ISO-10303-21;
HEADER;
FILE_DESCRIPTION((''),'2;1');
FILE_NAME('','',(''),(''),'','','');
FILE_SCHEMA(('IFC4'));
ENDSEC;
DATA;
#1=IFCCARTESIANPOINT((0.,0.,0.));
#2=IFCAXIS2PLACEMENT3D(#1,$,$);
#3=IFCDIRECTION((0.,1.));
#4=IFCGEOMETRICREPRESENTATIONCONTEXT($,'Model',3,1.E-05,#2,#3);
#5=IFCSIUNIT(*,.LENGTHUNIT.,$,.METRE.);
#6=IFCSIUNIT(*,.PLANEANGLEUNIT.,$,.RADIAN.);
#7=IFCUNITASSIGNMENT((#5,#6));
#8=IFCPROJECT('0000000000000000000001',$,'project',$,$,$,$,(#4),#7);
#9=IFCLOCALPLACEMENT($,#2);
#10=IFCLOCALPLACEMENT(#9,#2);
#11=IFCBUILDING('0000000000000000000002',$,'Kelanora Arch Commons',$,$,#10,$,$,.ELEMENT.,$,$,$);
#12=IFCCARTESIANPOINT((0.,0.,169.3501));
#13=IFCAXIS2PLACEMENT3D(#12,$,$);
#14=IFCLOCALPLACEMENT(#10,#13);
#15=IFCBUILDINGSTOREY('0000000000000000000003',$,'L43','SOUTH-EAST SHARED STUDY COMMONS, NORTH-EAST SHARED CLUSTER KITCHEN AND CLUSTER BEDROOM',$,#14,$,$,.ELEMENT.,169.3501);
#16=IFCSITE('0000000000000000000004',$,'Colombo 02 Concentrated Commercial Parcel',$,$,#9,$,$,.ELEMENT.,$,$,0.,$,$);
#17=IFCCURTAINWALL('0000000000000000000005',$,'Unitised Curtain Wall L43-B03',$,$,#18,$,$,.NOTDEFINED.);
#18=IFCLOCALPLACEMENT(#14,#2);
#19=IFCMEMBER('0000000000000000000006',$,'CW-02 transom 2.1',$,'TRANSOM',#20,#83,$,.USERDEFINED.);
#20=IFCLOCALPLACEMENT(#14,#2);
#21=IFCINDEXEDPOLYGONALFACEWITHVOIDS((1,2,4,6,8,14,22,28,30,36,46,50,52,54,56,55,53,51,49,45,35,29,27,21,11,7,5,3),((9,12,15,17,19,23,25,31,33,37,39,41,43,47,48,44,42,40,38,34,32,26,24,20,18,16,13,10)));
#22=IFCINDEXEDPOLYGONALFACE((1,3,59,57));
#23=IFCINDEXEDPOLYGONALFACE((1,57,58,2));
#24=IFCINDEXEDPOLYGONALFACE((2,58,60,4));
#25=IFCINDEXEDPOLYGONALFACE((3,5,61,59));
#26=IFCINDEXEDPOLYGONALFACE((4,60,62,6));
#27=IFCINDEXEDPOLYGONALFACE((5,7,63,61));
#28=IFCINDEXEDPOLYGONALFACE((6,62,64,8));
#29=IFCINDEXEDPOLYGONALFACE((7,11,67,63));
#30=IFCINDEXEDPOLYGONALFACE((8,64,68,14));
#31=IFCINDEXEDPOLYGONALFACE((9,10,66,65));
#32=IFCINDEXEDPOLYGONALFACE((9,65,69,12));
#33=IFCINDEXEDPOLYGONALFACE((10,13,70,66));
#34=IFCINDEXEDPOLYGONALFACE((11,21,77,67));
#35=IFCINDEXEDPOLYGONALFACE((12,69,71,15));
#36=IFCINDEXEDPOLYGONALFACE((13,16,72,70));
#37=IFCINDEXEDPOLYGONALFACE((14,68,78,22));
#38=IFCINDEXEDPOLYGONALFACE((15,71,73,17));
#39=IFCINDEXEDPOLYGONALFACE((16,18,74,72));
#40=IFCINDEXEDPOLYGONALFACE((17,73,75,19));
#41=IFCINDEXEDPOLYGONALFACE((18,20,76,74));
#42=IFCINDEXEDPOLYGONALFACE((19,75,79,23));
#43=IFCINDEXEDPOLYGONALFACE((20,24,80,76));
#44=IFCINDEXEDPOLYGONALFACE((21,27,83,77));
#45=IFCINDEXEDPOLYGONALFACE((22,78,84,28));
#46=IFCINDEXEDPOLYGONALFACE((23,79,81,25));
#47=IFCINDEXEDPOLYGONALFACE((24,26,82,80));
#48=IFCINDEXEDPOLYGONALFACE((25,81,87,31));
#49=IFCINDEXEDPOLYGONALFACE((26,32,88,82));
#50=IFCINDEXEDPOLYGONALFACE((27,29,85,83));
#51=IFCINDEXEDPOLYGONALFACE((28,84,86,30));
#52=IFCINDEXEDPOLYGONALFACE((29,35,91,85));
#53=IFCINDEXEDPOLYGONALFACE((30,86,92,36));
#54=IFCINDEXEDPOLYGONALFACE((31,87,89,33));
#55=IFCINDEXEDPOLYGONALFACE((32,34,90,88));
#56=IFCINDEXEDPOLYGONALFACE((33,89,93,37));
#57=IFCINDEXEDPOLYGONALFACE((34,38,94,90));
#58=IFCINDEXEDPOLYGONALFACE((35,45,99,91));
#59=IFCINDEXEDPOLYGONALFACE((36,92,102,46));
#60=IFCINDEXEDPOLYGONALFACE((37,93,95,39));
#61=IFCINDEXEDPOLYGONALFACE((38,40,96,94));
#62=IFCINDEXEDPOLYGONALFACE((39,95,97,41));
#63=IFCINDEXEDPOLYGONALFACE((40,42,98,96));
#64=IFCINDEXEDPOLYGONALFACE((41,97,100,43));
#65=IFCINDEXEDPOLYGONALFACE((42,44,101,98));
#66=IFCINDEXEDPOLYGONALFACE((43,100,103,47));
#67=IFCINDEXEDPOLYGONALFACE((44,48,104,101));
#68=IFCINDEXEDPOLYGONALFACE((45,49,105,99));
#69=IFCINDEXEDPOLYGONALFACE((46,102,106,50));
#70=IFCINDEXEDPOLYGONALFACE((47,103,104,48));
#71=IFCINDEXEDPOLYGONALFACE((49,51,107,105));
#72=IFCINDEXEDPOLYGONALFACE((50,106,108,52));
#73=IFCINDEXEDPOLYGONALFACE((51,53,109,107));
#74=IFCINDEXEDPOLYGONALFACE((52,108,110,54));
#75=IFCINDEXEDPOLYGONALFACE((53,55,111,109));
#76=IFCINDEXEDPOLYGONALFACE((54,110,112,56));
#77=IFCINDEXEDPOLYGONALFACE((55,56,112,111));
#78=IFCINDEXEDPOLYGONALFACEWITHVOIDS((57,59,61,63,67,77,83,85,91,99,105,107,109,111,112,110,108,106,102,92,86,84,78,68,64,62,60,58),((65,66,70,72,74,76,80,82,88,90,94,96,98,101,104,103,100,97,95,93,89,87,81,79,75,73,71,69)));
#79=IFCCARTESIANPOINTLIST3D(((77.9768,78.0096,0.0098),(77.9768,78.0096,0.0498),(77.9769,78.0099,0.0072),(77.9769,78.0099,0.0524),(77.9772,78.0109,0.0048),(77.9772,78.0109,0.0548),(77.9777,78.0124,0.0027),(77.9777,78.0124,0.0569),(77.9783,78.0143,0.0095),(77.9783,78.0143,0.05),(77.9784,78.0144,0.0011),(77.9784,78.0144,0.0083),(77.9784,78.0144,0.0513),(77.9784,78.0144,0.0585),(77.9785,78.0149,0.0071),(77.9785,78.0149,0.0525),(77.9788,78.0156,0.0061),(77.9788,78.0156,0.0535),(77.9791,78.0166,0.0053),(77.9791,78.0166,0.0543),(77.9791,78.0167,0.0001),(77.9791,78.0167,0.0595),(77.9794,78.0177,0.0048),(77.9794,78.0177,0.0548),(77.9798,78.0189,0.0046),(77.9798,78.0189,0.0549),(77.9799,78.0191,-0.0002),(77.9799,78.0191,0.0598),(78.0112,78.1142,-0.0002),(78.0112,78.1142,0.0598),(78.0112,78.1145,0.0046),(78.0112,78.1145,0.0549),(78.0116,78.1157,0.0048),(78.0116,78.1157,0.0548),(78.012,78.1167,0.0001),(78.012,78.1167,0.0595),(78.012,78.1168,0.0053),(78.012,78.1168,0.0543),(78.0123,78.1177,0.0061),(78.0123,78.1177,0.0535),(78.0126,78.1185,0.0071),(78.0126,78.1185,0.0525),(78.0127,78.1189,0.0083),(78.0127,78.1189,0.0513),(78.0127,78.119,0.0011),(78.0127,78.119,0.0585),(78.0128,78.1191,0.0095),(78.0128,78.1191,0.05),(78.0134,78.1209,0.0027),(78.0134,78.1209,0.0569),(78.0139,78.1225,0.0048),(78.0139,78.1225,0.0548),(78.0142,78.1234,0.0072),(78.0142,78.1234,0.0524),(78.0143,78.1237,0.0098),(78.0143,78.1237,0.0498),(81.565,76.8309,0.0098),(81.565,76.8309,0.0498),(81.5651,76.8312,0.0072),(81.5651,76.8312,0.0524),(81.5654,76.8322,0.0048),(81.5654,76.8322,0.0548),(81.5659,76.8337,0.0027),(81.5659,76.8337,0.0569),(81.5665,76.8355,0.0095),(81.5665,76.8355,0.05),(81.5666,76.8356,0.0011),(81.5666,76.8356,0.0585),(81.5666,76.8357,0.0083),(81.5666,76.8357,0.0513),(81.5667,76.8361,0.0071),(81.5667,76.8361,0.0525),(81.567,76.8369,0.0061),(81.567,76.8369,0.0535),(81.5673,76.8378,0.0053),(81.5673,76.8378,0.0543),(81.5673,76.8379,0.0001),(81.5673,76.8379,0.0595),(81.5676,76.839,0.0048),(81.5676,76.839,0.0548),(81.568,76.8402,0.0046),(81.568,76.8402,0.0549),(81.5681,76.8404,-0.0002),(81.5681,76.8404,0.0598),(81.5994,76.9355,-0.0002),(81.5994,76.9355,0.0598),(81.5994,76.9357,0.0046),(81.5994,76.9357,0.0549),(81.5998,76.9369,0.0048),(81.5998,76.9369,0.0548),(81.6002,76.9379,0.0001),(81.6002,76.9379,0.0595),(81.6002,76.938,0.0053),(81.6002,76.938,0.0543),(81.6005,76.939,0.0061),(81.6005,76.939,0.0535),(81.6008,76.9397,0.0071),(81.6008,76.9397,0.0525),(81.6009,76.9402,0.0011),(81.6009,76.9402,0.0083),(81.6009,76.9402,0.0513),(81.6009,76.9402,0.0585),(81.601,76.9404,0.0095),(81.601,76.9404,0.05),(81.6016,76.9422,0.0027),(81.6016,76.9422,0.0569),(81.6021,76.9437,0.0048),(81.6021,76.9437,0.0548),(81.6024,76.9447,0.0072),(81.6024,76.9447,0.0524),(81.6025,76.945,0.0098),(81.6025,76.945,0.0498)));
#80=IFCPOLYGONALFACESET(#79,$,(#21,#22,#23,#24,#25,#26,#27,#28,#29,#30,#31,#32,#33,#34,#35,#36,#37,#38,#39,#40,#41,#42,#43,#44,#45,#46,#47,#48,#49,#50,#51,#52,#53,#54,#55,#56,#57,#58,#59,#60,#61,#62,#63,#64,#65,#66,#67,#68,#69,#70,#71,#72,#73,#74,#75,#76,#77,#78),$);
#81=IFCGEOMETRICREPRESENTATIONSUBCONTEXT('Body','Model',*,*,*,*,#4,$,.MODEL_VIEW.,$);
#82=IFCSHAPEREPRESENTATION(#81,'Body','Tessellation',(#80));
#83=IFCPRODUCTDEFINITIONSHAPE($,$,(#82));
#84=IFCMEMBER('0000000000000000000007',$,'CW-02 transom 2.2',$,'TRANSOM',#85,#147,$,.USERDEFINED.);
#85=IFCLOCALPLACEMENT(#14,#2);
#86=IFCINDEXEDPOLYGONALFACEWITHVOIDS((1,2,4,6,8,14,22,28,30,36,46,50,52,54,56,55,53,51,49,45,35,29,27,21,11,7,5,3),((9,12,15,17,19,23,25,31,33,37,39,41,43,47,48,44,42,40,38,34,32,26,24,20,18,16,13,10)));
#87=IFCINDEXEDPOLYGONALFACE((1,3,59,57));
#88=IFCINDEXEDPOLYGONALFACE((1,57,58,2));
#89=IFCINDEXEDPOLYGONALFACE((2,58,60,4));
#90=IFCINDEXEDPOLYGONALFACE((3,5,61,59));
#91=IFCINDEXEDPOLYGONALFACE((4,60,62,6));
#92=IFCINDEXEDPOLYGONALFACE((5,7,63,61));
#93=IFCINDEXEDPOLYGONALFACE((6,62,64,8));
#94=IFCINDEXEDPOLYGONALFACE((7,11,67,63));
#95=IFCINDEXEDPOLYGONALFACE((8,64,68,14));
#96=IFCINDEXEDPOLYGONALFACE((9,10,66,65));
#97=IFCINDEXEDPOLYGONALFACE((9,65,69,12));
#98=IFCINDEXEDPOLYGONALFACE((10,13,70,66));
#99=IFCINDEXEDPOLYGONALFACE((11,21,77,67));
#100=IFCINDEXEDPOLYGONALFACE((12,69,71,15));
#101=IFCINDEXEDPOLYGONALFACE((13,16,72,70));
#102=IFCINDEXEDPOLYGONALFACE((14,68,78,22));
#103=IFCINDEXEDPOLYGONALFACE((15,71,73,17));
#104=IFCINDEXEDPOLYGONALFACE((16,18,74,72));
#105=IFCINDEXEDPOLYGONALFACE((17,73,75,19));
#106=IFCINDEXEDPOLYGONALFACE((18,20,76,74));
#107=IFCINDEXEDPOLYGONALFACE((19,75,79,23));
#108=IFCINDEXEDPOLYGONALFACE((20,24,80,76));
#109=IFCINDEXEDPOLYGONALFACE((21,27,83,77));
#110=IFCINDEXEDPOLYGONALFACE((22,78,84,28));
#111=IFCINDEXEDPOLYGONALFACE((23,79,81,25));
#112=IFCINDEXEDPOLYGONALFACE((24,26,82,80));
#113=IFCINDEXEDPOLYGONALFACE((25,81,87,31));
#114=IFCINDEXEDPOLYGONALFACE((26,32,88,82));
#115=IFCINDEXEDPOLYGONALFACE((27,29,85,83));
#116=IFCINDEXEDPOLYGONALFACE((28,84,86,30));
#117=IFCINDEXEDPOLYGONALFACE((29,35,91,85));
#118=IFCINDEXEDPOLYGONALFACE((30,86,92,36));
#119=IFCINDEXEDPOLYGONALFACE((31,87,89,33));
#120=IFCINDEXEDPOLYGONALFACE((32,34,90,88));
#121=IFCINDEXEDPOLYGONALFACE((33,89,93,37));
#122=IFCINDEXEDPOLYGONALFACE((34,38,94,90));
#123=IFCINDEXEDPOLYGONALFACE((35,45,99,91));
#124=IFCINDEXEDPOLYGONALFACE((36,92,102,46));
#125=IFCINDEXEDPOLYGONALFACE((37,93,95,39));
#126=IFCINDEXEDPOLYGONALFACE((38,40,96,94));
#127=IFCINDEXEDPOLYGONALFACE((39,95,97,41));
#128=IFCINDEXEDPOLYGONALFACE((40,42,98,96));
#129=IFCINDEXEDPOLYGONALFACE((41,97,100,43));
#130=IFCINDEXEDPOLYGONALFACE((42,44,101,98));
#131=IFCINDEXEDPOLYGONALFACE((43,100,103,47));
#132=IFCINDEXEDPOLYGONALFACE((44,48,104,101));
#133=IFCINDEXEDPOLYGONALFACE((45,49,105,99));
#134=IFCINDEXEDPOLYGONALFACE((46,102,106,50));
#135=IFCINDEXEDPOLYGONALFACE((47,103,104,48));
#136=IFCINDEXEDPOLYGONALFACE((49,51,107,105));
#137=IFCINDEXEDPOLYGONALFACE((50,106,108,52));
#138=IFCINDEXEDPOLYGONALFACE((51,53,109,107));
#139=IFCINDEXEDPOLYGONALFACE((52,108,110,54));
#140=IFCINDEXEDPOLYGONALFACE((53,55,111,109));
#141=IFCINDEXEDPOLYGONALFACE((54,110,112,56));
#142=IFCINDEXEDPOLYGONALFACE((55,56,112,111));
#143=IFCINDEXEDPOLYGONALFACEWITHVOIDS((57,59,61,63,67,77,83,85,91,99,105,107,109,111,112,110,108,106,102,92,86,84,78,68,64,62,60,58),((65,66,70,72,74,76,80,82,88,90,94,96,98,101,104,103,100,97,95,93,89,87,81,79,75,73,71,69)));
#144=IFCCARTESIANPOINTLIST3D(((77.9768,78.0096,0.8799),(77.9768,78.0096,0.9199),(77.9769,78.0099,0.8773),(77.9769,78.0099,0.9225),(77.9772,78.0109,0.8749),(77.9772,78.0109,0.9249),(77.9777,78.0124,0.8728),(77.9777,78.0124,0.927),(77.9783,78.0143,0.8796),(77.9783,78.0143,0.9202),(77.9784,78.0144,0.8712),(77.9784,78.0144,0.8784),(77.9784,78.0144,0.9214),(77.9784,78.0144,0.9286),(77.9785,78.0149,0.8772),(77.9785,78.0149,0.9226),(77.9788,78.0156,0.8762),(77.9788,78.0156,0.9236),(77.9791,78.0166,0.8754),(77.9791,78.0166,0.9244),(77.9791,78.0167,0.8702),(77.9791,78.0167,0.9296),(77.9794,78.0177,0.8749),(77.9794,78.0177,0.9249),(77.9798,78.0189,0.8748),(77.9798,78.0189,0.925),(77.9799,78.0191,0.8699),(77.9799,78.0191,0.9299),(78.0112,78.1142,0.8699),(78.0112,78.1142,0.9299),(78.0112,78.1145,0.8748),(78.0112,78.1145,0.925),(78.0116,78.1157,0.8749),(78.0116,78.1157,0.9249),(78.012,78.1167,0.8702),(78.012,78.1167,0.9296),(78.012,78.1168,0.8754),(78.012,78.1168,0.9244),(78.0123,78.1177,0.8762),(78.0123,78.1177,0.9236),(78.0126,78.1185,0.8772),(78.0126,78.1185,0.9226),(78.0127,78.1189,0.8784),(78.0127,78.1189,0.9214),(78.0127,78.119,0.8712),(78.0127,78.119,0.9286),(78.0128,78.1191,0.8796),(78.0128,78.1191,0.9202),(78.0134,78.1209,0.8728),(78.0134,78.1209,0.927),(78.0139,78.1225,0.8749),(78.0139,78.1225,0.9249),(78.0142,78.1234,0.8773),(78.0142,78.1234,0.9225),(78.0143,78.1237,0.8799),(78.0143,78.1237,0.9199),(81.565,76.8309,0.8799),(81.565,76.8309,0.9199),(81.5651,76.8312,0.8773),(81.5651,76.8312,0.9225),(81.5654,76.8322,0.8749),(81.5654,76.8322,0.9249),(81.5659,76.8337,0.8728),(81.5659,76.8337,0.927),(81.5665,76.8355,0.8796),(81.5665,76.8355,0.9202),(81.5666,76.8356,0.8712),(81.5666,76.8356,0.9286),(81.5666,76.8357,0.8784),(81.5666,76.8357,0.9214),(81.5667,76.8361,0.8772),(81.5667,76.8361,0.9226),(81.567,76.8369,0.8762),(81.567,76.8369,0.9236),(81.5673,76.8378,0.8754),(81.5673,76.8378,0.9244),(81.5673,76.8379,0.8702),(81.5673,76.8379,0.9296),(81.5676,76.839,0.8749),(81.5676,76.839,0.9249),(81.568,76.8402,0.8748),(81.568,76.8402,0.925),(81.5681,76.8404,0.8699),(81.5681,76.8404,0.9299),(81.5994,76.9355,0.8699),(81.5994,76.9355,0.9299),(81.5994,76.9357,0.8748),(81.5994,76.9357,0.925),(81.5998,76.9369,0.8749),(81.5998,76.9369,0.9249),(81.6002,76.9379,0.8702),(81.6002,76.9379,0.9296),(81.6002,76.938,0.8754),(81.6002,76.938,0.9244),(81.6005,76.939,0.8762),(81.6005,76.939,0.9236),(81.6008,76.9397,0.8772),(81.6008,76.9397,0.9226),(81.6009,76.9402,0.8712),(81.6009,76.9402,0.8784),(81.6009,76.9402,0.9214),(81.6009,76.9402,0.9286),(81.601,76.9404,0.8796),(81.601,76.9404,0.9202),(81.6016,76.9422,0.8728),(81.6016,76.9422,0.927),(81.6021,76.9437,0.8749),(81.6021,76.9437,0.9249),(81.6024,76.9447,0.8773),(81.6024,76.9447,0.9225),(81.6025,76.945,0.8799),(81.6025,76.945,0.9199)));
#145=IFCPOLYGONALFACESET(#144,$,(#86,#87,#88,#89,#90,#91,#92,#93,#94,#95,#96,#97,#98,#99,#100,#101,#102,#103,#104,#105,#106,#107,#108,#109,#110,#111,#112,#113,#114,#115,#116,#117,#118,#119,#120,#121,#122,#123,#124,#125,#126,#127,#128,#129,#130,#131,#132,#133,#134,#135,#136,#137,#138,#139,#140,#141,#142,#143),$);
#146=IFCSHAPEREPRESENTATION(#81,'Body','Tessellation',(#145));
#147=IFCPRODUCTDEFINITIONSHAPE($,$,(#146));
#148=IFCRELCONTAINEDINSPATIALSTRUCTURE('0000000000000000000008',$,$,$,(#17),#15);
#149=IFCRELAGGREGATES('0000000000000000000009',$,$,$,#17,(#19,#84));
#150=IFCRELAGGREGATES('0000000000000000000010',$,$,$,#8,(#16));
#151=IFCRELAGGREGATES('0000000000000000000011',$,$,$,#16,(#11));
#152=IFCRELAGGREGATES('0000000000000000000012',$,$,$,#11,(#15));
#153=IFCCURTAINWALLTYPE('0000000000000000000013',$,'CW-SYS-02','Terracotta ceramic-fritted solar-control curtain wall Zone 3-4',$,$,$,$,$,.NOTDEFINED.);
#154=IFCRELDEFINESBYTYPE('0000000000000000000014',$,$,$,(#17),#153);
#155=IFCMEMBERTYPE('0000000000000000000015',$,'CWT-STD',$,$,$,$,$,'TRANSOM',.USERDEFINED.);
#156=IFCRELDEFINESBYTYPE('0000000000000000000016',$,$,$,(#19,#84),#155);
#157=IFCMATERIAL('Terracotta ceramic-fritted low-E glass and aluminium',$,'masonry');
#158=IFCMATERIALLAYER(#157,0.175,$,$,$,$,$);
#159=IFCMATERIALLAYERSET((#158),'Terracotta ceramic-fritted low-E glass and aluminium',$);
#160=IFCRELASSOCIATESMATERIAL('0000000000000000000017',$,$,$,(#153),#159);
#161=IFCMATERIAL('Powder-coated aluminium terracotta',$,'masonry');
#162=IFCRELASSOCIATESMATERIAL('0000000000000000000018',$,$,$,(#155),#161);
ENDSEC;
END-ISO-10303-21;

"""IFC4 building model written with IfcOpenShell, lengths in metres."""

from ifc_helpers import new_model, si_unit, direction, frame, origin, origin_2d, place, context, subcontext, project, spatial, hollow_rectangle, extrude, material, layer, layer_set, material_profile, profile_set, type_object, element, aggregate, save


model = new_model("IFC4")

# Units and contexts
model_context = context("Model", 3, precision=1e-05, world=origin(), true_north=direction((0.0, 1.0)))
body_context = subcontext(model_context, "Body", "Model", "MODEL_VIEW")
ifc_project = project(units=[si_unit("LENGTHUNIT", "METRE"), si_unit("PLANEANGLEUNIT", "RADIAN")], contexts=[model_context])

# Site, building, storey
site_placement = place(None, origin())
site = spatial("IfcSite", under=ifc_project, at=site_placement, Name="Colombo 02 Concentrated Commercial Parcel", CompositionType="ELEMENT", RefElevation=0.0)
building_placement = place(site_placement, origin())
building = spatial("IfcBuilding", under=site, at=building_placement, Name="Kelanora Arch Commons", CompositionType="ELEMENT")
storey_placement = place(building_placement, frame((0.0, 0.0, 169.3501)))
storey = spatial("IfcBuildingStorey", under=building, at=storey_placement, Name="L43", Description="SOUTH-EAST SHARED STUDY COMMONS, NORTH-EAST SHARED CLUSTER KITCHEN AND CLUSTER BEDROOM", CompositionType="ELEMENT", Elevation=169.3501)

# Curtain wall, members
ifc_material_1 = material(Name="Terracotta ceramic-fritted low-E glass and aluminium", Category="masonry")
ifc_layer_1 = layer(ifc_material_1, 0.175)
ifc_layer_set_1 = layer_set([ifc_layer_1], Name="Terracotta ceramic-fritted low-E glass and aluminium")
curtain_wall_type = type_object("IfcCurtainWallType", Name="CW-SYS-02", Description="Terracotta ceramic-fritted solar-control curtain wall Zone 3-4", PredefinedType="NOTDEFINED", material=ifc_layer_set_1)
curtain_wall_placement = place(storey_placement, origin())
curtain_wall = element("IfcCurtainWall", 1, at=curtain_wall_placement, inside=storey, type_object=curtain_wall_type, Name="Unitised Curtain Wall L43-B03", PredefinedType="NOTDEFINED")
ifc_material_2 = material(Name="Powder-coated aluminium terracotta", Category="masonry")
ifc_material_profile_1 = material_profile(ifc_material_2, hollow_rectangle(XDim=0.1201, YDim=0.0601, WallThickness=0.0049, InnerFilletRadius=0.0049, OuterFilletRadius=0.01, at=origin_2d()), Name="CWT120x60")
ifc_profile_set_1 = profile_set([ifc_material_profile_1], Name="Powder-coated aluminium terracotta")
member_type_1 = type_object("IfcMemberType", Name="CWT-STD", ElementType="TRANSOM", PredefinedType="USERDEFINED", material=ifc_profile_set_1)
member_1_placement = place(storey_placement, frame((81.5837, 76.8879, 0.0298), z_axis=(-0.950051, 0.312094, 0.0), x_axis=(-0.312094, -0.950051, 0.0)))
member_1 = element("IfcMember", 2, at=member_1_placement, type_object=member_type_1, Name="CW-02 transom 2.1", ObjectType="TRANSOM", PredefinedType="USERDEFINED", context=body_context, shape_type="SweptSolid", body=[
    extrude(hollow_rectangle(XDim=0.1201, YDim=0.0601, WallThickness=0.0049, InnerFilletRadius=0.0049, OuterFilletRadius=0.01, at=origin_2d()), origin(), (0.0, 0.0, 1.0), 3.7769),
])
member_2_placement = place(storey_placement, frame((81.5837, 76.8879, 0.8999), z_axis=(-0.950051, 0.312094, 0.0), x_axis=(-0.312094, -0.950051, 0.0)))
member_2 = element("IfcMember", 3, at=member_2_placement, type_object=member_type_1, Name="CW-02 transom 2.2", ObjectType="TRANSOM", PredefinedType="USERDEFINED", context=body_context, shape_type="SweptSolid", body=[
    extrude(hollow_rectangle(XDim=0.1201, YDim=0.0601, WallThickness=0.0049, InnerFilletRadius=0.0049, OuterFilletRadius=0.01, at=origin_2d()), origin(), (0.0, 0.0, 1.0), 3.7769),
])
aggregate(curtain_wall, [member_1, member_2])

save(model, "model.ifc")
